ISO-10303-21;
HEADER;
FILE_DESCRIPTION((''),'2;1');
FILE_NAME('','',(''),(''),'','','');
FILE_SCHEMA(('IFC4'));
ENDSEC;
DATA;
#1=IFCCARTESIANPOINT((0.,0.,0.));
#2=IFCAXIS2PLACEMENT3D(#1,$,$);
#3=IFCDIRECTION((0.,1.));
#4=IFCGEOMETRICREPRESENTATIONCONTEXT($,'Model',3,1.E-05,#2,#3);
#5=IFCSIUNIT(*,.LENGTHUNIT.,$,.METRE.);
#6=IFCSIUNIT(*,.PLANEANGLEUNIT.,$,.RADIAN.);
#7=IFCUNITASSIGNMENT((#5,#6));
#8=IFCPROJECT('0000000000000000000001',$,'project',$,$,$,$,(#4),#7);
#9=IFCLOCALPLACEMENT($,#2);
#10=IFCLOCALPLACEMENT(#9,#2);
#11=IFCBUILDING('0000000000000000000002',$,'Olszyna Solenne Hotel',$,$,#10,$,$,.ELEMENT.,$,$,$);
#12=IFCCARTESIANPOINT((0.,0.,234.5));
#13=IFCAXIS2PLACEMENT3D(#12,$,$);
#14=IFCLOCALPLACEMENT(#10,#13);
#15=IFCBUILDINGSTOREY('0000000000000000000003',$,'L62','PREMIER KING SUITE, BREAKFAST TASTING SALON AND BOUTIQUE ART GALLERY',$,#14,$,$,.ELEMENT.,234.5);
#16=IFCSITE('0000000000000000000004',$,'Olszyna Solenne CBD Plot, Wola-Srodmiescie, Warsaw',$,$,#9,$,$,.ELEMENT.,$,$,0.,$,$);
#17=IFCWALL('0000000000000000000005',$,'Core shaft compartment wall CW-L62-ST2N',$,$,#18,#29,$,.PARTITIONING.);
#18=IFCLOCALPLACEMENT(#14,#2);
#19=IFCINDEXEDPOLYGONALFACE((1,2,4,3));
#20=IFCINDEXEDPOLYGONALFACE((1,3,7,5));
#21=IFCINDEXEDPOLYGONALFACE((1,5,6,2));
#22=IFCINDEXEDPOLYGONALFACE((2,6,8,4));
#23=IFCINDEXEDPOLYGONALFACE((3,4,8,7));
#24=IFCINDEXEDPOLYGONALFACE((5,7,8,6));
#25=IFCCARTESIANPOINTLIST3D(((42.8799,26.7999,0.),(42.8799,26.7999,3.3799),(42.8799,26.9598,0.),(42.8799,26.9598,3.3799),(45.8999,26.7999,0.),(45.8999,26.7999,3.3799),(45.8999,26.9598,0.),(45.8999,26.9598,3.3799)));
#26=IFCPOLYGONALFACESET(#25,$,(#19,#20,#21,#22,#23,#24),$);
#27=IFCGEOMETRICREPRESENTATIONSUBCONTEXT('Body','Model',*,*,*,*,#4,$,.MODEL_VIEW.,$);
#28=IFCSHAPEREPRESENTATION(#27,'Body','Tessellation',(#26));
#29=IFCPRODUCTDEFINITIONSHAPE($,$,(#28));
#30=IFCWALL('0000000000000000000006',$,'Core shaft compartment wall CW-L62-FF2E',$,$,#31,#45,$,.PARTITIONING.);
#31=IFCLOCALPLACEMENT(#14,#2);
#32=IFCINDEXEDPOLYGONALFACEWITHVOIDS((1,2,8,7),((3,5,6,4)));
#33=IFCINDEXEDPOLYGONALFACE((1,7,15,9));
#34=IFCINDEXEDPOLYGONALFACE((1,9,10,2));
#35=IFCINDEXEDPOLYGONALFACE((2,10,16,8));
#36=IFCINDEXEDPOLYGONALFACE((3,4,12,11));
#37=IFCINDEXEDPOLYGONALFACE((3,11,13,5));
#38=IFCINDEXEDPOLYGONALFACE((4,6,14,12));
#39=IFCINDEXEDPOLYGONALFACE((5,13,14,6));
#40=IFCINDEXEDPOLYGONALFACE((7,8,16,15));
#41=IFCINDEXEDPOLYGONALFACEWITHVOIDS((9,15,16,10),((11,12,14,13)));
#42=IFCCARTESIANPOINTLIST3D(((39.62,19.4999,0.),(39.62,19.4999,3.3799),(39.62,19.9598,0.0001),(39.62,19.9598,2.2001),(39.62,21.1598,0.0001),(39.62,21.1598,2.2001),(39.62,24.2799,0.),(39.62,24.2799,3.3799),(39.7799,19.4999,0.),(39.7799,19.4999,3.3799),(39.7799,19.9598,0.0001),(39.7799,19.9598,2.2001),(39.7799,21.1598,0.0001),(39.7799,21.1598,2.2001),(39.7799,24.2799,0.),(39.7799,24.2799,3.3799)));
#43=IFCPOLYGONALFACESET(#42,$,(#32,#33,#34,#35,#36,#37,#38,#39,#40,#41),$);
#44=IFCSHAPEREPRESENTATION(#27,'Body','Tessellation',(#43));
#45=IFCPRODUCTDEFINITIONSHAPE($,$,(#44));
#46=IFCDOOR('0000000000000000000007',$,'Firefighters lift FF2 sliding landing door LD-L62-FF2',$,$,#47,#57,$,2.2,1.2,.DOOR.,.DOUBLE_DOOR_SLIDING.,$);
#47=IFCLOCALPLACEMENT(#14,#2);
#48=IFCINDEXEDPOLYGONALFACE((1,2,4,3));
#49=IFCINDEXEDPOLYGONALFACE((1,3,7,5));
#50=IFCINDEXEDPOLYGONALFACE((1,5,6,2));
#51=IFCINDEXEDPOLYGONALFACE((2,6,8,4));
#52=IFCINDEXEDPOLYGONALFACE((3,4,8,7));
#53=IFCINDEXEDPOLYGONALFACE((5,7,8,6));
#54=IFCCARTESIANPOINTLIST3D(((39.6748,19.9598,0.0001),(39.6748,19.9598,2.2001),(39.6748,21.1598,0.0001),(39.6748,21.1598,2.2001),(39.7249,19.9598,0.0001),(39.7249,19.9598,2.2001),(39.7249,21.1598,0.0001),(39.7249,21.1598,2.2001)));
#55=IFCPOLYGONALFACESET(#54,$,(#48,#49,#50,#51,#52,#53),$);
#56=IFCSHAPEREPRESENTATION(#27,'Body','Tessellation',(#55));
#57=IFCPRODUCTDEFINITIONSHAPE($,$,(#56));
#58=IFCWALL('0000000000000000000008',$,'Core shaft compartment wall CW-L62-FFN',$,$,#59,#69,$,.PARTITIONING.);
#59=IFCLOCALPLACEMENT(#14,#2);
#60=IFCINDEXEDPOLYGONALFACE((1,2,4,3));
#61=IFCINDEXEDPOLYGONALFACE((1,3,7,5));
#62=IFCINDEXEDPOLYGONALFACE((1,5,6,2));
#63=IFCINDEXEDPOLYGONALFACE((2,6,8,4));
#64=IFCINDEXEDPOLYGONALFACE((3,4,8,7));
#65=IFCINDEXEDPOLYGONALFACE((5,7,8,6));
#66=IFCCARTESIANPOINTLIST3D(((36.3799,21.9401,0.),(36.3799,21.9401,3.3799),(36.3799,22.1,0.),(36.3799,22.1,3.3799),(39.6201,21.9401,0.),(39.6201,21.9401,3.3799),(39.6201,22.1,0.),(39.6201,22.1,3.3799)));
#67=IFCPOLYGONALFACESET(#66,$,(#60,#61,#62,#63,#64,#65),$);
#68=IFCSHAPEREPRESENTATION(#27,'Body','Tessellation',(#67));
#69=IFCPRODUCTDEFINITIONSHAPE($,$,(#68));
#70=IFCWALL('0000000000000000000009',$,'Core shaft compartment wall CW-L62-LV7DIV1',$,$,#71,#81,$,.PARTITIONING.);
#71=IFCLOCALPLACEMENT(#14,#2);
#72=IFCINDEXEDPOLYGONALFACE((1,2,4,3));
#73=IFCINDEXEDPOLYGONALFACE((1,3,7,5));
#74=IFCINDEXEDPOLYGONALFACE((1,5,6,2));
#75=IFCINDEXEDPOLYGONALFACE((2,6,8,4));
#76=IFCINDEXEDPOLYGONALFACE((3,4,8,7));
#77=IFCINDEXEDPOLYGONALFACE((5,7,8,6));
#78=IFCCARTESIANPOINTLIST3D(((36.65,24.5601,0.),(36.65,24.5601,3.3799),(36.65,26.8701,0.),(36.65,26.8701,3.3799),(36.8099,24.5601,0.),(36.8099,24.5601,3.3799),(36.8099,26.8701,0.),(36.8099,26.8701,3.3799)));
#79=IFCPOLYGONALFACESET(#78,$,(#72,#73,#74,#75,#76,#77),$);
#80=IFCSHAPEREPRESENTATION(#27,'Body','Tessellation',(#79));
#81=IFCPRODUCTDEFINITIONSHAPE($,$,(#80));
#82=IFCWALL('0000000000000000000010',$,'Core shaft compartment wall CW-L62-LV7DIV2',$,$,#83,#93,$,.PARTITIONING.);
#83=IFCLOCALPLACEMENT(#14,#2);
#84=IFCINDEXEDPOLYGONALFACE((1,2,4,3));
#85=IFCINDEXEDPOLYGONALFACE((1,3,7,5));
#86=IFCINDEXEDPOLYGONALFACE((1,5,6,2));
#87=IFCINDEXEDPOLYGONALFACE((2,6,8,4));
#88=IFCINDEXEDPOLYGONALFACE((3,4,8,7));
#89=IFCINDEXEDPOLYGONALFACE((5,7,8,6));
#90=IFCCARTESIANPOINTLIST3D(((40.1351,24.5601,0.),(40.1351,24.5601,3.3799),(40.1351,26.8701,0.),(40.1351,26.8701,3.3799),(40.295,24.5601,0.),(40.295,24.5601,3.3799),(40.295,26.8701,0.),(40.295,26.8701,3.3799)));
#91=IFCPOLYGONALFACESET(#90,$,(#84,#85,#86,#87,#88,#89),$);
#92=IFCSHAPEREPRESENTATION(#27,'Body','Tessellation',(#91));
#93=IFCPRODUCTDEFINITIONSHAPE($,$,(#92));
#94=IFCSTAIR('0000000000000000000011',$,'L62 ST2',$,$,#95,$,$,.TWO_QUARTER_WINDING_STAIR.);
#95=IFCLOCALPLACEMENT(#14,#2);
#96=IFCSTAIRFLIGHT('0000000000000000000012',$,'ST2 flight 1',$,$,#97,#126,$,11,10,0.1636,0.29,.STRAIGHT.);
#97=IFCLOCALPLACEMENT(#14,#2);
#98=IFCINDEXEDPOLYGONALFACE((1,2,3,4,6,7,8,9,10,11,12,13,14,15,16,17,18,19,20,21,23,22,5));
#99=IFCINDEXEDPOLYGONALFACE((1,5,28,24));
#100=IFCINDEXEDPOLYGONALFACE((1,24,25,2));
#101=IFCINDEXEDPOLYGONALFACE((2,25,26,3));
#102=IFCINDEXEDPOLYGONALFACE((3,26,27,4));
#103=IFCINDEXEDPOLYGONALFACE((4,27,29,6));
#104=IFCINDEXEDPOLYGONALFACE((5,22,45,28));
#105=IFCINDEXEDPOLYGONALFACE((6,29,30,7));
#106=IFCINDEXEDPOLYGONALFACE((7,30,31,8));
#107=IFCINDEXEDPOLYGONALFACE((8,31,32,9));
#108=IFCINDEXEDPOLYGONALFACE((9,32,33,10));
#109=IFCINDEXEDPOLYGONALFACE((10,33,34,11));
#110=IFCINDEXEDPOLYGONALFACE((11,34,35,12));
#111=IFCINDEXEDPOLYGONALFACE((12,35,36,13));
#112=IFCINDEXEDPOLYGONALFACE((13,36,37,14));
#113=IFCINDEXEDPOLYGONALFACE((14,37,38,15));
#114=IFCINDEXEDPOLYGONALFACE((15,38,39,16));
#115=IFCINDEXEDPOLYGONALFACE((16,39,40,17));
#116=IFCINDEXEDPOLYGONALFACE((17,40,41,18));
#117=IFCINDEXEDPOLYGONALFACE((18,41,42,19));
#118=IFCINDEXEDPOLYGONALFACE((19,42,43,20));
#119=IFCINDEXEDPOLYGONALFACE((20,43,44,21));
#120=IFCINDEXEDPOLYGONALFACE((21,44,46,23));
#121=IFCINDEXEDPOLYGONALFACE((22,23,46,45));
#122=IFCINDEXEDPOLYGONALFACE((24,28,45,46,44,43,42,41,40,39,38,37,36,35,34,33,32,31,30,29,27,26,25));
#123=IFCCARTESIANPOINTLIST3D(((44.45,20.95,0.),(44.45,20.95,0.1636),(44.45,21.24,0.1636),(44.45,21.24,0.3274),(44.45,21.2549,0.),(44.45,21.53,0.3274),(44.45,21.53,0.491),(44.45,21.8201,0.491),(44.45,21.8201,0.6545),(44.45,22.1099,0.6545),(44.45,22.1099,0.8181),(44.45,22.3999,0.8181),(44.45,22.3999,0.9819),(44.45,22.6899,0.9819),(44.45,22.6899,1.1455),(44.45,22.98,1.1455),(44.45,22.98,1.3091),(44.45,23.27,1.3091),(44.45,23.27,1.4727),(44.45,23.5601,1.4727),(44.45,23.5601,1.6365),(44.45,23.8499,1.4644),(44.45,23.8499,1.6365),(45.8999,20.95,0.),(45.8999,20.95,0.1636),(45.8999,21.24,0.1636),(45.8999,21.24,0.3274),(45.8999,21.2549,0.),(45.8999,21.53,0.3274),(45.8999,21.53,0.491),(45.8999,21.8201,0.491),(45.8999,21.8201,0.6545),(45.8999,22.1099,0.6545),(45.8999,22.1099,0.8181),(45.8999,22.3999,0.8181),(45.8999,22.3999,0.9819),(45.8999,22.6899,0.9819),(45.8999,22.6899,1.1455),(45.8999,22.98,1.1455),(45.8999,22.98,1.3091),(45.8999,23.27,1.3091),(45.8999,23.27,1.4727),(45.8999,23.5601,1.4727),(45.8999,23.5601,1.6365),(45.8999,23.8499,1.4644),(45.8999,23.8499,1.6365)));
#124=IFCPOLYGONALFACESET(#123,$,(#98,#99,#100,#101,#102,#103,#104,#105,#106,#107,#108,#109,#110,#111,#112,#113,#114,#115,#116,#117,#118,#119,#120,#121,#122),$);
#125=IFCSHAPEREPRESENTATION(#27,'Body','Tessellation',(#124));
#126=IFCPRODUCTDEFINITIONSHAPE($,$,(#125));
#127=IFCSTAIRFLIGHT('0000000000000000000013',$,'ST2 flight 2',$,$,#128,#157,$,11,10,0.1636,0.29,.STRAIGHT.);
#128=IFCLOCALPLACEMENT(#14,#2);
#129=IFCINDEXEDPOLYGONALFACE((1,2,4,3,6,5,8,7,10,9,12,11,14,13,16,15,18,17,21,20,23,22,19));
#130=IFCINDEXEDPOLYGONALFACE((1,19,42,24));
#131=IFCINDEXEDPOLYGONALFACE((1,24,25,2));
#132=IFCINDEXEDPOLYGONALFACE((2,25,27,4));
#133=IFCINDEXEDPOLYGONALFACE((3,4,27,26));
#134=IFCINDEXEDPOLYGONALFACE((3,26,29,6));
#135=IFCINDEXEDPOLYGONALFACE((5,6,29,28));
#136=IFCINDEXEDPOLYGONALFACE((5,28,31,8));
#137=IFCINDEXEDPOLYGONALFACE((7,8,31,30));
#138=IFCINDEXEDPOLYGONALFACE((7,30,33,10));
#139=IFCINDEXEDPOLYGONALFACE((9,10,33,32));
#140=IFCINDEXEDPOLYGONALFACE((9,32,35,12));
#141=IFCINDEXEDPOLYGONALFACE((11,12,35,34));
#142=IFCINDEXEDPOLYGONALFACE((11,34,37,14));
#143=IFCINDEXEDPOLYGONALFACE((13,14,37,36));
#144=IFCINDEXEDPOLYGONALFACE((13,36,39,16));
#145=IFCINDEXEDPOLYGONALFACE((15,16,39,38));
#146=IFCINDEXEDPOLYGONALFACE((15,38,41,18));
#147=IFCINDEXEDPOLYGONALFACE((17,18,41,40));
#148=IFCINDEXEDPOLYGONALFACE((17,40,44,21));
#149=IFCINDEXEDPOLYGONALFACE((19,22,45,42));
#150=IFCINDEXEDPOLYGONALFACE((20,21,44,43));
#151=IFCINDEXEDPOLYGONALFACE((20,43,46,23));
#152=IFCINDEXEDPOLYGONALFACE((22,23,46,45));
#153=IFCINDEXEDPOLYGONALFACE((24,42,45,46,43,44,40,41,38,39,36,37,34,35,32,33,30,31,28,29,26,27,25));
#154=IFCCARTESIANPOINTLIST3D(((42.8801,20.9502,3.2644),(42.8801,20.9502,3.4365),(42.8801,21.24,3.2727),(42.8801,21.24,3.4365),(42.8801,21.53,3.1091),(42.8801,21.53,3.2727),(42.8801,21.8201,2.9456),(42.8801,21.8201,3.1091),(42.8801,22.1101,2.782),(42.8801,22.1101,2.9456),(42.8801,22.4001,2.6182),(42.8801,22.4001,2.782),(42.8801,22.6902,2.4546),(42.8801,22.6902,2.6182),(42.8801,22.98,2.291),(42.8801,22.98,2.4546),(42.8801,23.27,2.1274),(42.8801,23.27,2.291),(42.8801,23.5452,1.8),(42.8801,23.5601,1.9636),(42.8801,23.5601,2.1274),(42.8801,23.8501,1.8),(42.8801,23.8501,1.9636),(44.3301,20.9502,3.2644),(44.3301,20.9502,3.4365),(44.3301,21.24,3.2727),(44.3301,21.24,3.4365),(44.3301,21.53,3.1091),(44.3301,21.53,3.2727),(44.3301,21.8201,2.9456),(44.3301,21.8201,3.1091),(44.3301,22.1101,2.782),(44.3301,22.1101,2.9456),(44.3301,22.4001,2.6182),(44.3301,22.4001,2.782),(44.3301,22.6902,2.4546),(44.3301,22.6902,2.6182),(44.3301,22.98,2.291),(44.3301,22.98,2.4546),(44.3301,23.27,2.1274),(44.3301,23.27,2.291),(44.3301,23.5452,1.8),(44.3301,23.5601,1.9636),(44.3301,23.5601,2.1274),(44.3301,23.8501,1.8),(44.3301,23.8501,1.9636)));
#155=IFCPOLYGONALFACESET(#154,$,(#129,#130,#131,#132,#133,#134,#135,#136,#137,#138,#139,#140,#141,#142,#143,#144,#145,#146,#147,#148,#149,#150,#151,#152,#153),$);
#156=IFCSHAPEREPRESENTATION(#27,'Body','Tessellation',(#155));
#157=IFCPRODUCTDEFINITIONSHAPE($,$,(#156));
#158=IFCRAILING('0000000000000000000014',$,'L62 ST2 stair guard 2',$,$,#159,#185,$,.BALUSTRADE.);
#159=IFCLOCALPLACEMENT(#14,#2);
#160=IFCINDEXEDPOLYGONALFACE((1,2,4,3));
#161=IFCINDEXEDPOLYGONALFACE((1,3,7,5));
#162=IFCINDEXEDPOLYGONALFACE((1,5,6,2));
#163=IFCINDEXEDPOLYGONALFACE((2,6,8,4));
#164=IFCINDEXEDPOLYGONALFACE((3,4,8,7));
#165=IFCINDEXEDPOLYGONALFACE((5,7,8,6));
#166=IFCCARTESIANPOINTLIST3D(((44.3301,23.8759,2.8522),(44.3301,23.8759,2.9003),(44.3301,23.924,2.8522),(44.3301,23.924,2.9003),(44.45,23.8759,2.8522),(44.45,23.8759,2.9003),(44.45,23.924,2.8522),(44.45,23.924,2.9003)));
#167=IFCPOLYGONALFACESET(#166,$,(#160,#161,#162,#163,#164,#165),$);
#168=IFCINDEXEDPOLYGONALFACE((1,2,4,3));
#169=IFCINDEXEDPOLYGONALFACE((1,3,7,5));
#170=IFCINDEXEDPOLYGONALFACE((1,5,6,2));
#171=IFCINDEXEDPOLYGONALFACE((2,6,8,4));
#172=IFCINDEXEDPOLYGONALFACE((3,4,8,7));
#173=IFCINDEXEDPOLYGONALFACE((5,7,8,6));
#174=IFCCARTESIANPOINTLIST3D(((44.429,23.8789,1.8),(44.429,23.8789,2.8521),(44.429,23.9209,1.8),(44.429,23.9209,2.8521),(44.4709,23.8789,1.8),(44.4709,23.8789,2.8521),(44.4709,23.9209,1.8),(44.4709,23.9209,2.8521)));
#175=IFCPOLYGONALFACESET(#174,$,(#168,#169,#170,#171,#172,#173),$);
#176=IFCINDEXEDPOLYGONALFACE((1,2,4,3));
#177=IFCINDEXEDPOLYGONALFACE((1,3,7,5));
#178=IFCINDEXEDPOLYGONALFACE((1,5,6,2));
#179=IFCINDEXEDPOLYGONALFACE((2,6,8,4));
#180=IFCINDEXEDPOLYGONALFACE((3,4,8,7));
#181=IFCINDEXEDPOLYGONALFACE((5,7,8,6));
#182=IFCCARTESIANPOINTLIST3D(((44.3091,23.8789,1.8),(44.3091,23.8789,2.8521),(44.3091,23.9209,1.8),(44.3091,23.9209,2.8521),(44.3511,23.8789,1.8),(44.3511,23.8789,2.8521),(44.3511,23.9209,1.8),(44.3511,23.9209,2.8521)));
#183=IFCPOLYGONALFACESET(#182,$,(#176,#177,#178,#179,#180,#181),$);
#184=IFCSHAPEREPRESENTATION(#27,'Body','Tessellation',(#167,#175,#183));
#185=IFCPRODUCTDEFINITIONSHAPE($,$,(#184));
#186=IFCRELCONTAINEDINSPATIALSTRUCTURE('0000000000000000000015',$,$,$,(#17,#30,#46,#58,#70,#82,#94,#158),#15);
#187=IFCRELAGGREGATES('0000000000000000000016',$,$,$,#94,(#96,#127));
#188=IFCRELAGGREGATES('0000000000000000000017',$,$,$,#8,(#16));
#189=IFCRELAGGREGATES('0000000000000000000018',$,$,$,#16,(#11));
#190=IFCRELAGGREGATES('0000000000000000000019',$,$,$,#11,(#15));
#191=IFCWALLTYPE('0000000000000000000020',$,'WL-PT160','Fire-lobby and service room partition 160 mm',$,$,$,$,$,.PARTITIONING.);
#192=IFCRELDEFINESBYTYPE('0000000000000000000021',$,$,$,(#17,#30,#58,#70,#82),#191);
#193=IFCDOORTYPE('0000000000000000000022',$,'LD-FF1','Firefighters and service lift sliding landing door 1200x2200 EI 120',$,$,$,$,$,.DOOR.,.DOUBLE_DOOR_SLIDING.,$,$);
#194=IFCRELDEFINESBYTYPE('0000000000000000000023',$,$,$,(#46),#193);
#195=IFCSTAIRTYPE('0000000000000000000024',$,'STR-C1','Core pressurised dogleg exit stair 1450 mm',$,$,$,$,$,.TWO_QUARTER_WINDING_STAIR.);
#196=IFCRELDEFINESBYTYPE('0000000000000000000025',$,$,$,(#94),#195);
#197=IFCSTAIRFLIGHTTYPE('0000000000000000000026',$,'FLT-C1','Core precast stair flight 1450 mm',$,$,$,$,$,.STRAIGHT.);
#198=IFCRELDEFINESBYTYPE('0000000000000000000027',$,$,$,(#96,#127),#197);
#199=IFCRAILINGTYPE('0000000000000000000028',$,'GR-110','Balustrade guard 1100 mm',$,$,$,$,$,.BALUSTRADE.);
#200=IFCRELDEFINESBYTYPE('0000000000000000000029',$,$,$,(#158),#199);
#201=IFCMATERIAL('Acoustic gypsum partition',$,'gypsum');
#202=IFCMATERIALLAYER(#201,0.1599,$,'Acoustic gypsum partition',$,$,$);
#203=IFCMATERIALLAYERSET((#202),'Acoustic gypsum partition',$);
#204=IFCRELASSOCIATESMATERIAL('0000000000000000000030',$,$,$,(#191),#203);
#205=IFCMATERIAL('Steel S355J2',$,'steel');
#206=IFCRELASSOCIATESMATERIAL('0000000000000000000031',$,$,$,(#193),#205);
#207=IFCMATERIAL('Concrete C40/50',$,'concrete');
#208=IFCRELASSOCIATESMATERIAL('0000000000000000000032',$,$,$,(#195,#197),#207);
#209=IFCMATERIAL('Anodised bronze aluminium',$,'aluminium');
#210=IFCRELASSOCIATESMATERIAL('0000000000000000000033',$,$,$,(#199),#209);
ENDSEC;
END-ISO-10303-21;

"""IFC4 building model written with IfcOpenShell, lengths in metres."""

from ifc_helpers import new_model, si_unit, direction, frame, frame_2d, origin, origin_2d, place, context, subcontext, project, spatial, polyline, rectangle, outline, extrude, source, transform, mapped, material, layer, layer_set, type_object, type_shapes, element, fill, aggregate, save


model = new_model("IFC4")

# Units and contexts
model_context = context("Model", 3, precision=1e-05, world=origin(), true_north=direction((0.0, 1.0)))
body_context = subcontext(model_context, "Body", "Model", "MODEL_VIEW")
ifc_project = project(units=[si_unit("LENGTHUNIT", "METRE"), si_unit("PLANEANGLEUNIT", "RADIAN")], contexts=[model_context])

# Site, building, storey
site_placement = place(None, origin())
site = spatial("IfcSite", under=ifc_project, at=site_placement, Name="Olszyna Solenne CBD Plot, Wola-Srodmiescie, Warsaw", CompositionType="ELEMENT", RefElevation=0.0)
building_placement = place(site_placement, origin())
building = spatial("IfcBuilding", under=site, at=building_placement, Name="Olszyna Solenne Hotel", CompositionType="ELEMENT")
storey_placement = place(building_placement, frame((0.0, 0.0, 234.5)))
storey = spatial("IfcBuildingStorey", under=building, at=storey_placement, Name="L62", Description="PREMIER KING SUITE, BREAKFAST TASTING SALON AND BOUTIQUE ART GALLERY", CompositionType="ELEMENT", Elevation=234.5)

# Shared definitions
ifc_material_1 = material(Name="Steel S355J2", Category="steel")

# Shared definitions
ifc_material_2 = material(Name="Anodised bronze aluminium", Category="aluminium")

# Shared definitions
ifc_material_3 = material(Name="Acoustic gypsum partition", Category="gypsum")

# Shared definitions
ifc_layer_1 = layer(ifc_material_3, 0.1599, Name="Acoustic gypsum partition")
ifc_layer_set_1 = layer_set([ifc_layer_1], Name="Acoustic gypsum partition")
wall_type_1 = type_object("IfcWallType", Name="WL-PT160", Description="Fire-lobby and service room partition 160 mm", PredefinedType="PARTITIONING", material=ifc_layer_set_1)

# Wall
wall_1_placement = place(storey_placement, frame((42.8799, 26.8799, 0.0), z_axis=(0.0, 0.0, 1.0), x_axis=(1.0, 0.0, 0.0)))
element("IfcWall", 1, at=wall_1_placement, inside=storey, type_object=wall_type_1, Name="Core shaft compartment wall CW-L62-ST2N", PredefinedType="PARTITIONING", context=body_context, shape_type="SweptSolid", body=[
    extrude(rectangle(XDim=3.02, YDim=0.1599, at=frame_2d((1.51, 0.0))), origin(), (0.0, 0.0, 1.0), 3.3799),
])

# Wall, opening, door
wall_2_placement = place(storey_placement, frame((39.7, 24.28, 0.0), z_axis=(0.0, 0.0, 1.0), x_axis=(0.0, -1.0, 0.0)))
wall_2 = element("IfcWall", 2, at=wall_2_placement, inside=storey, type_object=wall_type_1, Name="Core shaft compartment wall CW-L62-FF2E", PredefinedType="PARTITIONING", context=body_context, shape_type="SweptSolid", body=[
    extrude(rectangle(XDim=4.78, YDim=0.1599, at=frame_2d((2.3901, 0.0))), origin(), (0.0, 0.0, 1.0), 3.3799),
])
opening_1_placement = place(wall_2_placement, frame((3.1201, 0.0, 0.0)))
opening_1 = element("IfcOpeningElement", 3, at=opening_1_placement, cuts=wall_2, PredefinedType="OPENING", context=body_context, shape_type="SweptSolid", body=[
    extrude(rectangle(XDim=1.2, YDim=2.2, at=frame_2d((0.6001, 1.1001))), frame((0.0, 0.0898, 0.0), z_axis=(0.0, -1.0, 0.0), x_axis=(1.0, 0.0, 0.0)), (0.0, 0.0, 1.0), 0.1799),
])
door_type_1 = type_object("IfcDoorType", Name="LD-FF1", Description="Firefighters and service lift sliding landing door 1200x2200 EI 120", OperationType="DOUBLE_DOOR_SLIDING", PredefinedType="DOOR", material=ifc_material_1)
shared_shape_1 = source(origin(), body_context, "Body", "SweptSolid", [
    extrude(rectangle(XDim=1.2, YDim=2.2, at=frame_2d((0.6001, 1.1001))), frame((0.0, 0.0249, 0.0), z_axis=(0.0, -1.0, 0.0), x_axis=(1.0, 0.0, 0.0)), (0.0, 0.0, 1.0), 0.05),
])
type_shapes(door_type_1, [shared_shape_1])
door_1_placement = place(opening_1_placement, origin())
door_1 = element("IfcDoor", 4, at=door_1_placement, inside=storey, type_object=door_type_1, Name="Firefighters lift FF2 sliding landing door LD-L62-FF2", OperationType="DOUBLE_DOOR_SLIDING", OverallHeight=2.2, OverallWidth=1.2, PredefinedType="DOOR", context=body_context, shape_type="MappedRepresentation", body=[
    mapped(shared_shape_1, transform((0.0, 0.0, 0.0), x_axis=(1.0, 0.0, 0.0), y_axis=(0.0, 1.0, 0.0), z_axis=(0.0, 0.0, 1.0), scale=1.0)),
])
fill(opening_1, door_1)

# Walls
wall_3_placement = place(storey_placement, frame((36.3799, 22.02, 0.0), z_axis=(0.0, 0.0, 1.0), x_axis=(1.0, 0.0, 0.0)))
element("IfcWall", 5, at=wall_3_placement, inside=storey, type_object=wall_type_1, Name="Core shaft compartment wall CW-L62-FFN", PredefinedType="PARTITIONING", context=body_context, shape_type="SweptSolid", body=[
    extrude(rectangle(XDim=3.2402, YDim=0.1599, at=frame_2d((1.6201, 0.0))), origin(), (0.0, 0.0, 1.0), 3.3799),
])
for number, where, z_axis, x_axis, name in (
    (6, (36.73, 24.5601, 0.0), (0.0, 0.0, 1.0), (0.0, 1.0, 0.0), "Core shaft compartment wall CW-L62-LV7DIV1"),
    (7, (40.2151, 24.5601, 0.0), (0.0, 0.0, 1.0), (0.0, 1.0, 0.0), "Core shaft compartment wall CW-L62-LV7DIV2"),
):
    element("IfcWall", number, at=place(storey_placement, frame(where, z_axis=z_axis, x_axis=x_axis)), inside=storey, type_object=wall_type_1, Name=name, PredefinedType="PARTITIONING", context=body_context, shape_type="SweptSolid", body=[
        extrude(rectangle(XDim=2.3101, YDim=0.1599, at=frame_2d((1.155, 0.0))), origin(), (0.0, 0.0, 1.0), 3.3799),
    ])

# Stair, stair flights
ifc_material_4 = material(Name="Concrete C40/50", Category="concrete")
stair_type = type_object("IfcStairType", Name="STR-C1", Description="Core pressurised dogleg exit stair 1450 mm", PredefinedType="TWO_QUARTER_WINDING_STAIR", material=ifc_material_4)
stair_placement = place(storey_placement, origin())
stair = element("IfcStair", 8, at=stair_placement, inside=storey, type_object=stair_type, Name="L62 ST2", PredefinedType="TWO_QUARTER_WINDING_STAIR")
stair_flight_type = type_object("IfcStairFlightType", Name="FLT-C1", Description="Core precast stair flight 1450 mm", PredefinedType="STRAIGHT", material=ifc_material_4)
stair_flight_1_placement = place(storey_placement, frame((45.175, 20.95, 0.0), z_axis=(0.0, 0.0, 1.0), x_axis=(0.0, 1.0, 0.0)))
stair_flight_1 = element("IfcStairFlight", 9, at=stair_flight_1_placement, type_object=stair_flight_type, Name="ST2 flight 1", NumberOfRisers=11, NumberOfTreads=10, PredefinedType="STRAIGHT", RiserHeight=0.1636, TreadLength=0.29, context=body_context, shape_type="SweptSolid", body=[
    extrude(outline(polyline([(0.0, 0.0), (0.0, 0.1636), (0.29, 0.1636), (0.29, 0.3274), (0.5801, 0.3274), (0.5801, 0.491), (0.8701, 0.491), (0.8701, 0.6545), (1.1599, 0.6545), (1.1599, 0.8181), (1.45, 0.8181), (1.45, 0.9819), (1.74, 0.9819), (1.74, 1.1455), (2.03, 1.1455), (2.03, 1.3091), (2.3201, 1.3091), (2.3201, 1.4727), (2.6101, 1.4727), (2.6101, 1.6365), (2.8999, 1.6365), (2.8999, 1.8), (2.8999, 1.4644), (0.3049, 0.0), (0.0, 0.0)])), frame((0.0, 0.7251, 0.0), z_axis=(0.0, -1.0, 0.0), x_axis=(1.0, 0.0, 0.0)), (0.0, 0.0, 1.0), 1.45),
])
stair_flight_2_placement = place(storey_placement, frame((43.605, 23.8501, 1.8), z_axis=(0.0, 0.0, 1.0), x_axis=(0.0, -1.0, 0.0)))
stair_flight_2 = element("IfcStairFlight", 10, at=stair_flight_2_placement, type_object=stair_flight_type, Name="ST2 flight 2", NumberOfRisers=11, NumberOfTreads=10, PredefinedType="STRAIGHT", RiserHeight=0.1636, TreadLength=0.29, context=body_context, shape_type="SweptSolid", body=[
    extrude(outline(polyline([(0.0, 0.0), (0.0, 0.1636), (0.29, 0.1636), (0.29, 0.3274), (0.5801, 0.3274), (0.5801, 0.491), (0.8701, 0.491), (0.8701, 0.6545), (1.1599, 0.6545), (1.1599, 0.8181), (1.45, 0.8181), (1.45, 0.9819), (1.74, 0.9819), (1.74, 1.1455), (2.03, 1.1455), (2.03, 1.3091), (2.3201, 1.3091), (2.3201, 1.4727), (2.6101, 1.4727), (2.6101, 1.6365), (2.8999, 1.6365), (2.8999, 1.8), (2.8999, 1.4644), (0.3049, 0.0), (0.0, 0.0)])), frame((0.0, 0.7251, 0.0), z_axis=(0.0, -1.0, 0.0), x_axis=(1.0, 0.0, 0.0)), (0.0, 0.0, 1.0), 1.45),
])
aggregate(stair, [stair_flight_1, stair_flight_2])

# Railing
railing_type_1 = type_object("IfcRailingType", Name="GR-110", Description="Balustrade guard 1100 mm", PredefinedType="BALUSTRADE", material=ifc_material_2)
railing_1_placement = place(storey_placement, frame((44.45, 23.8999, 1.8)))
element("IfcRailing", 11, at=railing_1_placement, inside=storey, type_object=railing_type_1, Name="L62 ST2 stair guard 2", PredefinedType="BALUSTRADE", context=body_context, shape_type="SweptSolid", body=[
    extrude(rectangle(XDim=0.0481, YDim=0.0481, at=origin_2d()), frame((0.0, 0.0, 1.0762), z_axis=(-1.0, 0.0, 0.0), x_axis=(0.0, -1.0, 0.0)), (0.0, 0.0, 1.0), 0.1199),
    extrude(rectangle(XDim=0.042, YDim=0.042, at=origin_2d()), origin(), (0.0, 0.0, 1.0), 1.052),
    extrude(rectangle(XDim=0.042, YDim=0.042, at=origin_2d()), frame((-0.1199, 0.0, 0.0)), (0.0, 0.0, 1.0), 1.052),
])

save(model, "model.ifc")
